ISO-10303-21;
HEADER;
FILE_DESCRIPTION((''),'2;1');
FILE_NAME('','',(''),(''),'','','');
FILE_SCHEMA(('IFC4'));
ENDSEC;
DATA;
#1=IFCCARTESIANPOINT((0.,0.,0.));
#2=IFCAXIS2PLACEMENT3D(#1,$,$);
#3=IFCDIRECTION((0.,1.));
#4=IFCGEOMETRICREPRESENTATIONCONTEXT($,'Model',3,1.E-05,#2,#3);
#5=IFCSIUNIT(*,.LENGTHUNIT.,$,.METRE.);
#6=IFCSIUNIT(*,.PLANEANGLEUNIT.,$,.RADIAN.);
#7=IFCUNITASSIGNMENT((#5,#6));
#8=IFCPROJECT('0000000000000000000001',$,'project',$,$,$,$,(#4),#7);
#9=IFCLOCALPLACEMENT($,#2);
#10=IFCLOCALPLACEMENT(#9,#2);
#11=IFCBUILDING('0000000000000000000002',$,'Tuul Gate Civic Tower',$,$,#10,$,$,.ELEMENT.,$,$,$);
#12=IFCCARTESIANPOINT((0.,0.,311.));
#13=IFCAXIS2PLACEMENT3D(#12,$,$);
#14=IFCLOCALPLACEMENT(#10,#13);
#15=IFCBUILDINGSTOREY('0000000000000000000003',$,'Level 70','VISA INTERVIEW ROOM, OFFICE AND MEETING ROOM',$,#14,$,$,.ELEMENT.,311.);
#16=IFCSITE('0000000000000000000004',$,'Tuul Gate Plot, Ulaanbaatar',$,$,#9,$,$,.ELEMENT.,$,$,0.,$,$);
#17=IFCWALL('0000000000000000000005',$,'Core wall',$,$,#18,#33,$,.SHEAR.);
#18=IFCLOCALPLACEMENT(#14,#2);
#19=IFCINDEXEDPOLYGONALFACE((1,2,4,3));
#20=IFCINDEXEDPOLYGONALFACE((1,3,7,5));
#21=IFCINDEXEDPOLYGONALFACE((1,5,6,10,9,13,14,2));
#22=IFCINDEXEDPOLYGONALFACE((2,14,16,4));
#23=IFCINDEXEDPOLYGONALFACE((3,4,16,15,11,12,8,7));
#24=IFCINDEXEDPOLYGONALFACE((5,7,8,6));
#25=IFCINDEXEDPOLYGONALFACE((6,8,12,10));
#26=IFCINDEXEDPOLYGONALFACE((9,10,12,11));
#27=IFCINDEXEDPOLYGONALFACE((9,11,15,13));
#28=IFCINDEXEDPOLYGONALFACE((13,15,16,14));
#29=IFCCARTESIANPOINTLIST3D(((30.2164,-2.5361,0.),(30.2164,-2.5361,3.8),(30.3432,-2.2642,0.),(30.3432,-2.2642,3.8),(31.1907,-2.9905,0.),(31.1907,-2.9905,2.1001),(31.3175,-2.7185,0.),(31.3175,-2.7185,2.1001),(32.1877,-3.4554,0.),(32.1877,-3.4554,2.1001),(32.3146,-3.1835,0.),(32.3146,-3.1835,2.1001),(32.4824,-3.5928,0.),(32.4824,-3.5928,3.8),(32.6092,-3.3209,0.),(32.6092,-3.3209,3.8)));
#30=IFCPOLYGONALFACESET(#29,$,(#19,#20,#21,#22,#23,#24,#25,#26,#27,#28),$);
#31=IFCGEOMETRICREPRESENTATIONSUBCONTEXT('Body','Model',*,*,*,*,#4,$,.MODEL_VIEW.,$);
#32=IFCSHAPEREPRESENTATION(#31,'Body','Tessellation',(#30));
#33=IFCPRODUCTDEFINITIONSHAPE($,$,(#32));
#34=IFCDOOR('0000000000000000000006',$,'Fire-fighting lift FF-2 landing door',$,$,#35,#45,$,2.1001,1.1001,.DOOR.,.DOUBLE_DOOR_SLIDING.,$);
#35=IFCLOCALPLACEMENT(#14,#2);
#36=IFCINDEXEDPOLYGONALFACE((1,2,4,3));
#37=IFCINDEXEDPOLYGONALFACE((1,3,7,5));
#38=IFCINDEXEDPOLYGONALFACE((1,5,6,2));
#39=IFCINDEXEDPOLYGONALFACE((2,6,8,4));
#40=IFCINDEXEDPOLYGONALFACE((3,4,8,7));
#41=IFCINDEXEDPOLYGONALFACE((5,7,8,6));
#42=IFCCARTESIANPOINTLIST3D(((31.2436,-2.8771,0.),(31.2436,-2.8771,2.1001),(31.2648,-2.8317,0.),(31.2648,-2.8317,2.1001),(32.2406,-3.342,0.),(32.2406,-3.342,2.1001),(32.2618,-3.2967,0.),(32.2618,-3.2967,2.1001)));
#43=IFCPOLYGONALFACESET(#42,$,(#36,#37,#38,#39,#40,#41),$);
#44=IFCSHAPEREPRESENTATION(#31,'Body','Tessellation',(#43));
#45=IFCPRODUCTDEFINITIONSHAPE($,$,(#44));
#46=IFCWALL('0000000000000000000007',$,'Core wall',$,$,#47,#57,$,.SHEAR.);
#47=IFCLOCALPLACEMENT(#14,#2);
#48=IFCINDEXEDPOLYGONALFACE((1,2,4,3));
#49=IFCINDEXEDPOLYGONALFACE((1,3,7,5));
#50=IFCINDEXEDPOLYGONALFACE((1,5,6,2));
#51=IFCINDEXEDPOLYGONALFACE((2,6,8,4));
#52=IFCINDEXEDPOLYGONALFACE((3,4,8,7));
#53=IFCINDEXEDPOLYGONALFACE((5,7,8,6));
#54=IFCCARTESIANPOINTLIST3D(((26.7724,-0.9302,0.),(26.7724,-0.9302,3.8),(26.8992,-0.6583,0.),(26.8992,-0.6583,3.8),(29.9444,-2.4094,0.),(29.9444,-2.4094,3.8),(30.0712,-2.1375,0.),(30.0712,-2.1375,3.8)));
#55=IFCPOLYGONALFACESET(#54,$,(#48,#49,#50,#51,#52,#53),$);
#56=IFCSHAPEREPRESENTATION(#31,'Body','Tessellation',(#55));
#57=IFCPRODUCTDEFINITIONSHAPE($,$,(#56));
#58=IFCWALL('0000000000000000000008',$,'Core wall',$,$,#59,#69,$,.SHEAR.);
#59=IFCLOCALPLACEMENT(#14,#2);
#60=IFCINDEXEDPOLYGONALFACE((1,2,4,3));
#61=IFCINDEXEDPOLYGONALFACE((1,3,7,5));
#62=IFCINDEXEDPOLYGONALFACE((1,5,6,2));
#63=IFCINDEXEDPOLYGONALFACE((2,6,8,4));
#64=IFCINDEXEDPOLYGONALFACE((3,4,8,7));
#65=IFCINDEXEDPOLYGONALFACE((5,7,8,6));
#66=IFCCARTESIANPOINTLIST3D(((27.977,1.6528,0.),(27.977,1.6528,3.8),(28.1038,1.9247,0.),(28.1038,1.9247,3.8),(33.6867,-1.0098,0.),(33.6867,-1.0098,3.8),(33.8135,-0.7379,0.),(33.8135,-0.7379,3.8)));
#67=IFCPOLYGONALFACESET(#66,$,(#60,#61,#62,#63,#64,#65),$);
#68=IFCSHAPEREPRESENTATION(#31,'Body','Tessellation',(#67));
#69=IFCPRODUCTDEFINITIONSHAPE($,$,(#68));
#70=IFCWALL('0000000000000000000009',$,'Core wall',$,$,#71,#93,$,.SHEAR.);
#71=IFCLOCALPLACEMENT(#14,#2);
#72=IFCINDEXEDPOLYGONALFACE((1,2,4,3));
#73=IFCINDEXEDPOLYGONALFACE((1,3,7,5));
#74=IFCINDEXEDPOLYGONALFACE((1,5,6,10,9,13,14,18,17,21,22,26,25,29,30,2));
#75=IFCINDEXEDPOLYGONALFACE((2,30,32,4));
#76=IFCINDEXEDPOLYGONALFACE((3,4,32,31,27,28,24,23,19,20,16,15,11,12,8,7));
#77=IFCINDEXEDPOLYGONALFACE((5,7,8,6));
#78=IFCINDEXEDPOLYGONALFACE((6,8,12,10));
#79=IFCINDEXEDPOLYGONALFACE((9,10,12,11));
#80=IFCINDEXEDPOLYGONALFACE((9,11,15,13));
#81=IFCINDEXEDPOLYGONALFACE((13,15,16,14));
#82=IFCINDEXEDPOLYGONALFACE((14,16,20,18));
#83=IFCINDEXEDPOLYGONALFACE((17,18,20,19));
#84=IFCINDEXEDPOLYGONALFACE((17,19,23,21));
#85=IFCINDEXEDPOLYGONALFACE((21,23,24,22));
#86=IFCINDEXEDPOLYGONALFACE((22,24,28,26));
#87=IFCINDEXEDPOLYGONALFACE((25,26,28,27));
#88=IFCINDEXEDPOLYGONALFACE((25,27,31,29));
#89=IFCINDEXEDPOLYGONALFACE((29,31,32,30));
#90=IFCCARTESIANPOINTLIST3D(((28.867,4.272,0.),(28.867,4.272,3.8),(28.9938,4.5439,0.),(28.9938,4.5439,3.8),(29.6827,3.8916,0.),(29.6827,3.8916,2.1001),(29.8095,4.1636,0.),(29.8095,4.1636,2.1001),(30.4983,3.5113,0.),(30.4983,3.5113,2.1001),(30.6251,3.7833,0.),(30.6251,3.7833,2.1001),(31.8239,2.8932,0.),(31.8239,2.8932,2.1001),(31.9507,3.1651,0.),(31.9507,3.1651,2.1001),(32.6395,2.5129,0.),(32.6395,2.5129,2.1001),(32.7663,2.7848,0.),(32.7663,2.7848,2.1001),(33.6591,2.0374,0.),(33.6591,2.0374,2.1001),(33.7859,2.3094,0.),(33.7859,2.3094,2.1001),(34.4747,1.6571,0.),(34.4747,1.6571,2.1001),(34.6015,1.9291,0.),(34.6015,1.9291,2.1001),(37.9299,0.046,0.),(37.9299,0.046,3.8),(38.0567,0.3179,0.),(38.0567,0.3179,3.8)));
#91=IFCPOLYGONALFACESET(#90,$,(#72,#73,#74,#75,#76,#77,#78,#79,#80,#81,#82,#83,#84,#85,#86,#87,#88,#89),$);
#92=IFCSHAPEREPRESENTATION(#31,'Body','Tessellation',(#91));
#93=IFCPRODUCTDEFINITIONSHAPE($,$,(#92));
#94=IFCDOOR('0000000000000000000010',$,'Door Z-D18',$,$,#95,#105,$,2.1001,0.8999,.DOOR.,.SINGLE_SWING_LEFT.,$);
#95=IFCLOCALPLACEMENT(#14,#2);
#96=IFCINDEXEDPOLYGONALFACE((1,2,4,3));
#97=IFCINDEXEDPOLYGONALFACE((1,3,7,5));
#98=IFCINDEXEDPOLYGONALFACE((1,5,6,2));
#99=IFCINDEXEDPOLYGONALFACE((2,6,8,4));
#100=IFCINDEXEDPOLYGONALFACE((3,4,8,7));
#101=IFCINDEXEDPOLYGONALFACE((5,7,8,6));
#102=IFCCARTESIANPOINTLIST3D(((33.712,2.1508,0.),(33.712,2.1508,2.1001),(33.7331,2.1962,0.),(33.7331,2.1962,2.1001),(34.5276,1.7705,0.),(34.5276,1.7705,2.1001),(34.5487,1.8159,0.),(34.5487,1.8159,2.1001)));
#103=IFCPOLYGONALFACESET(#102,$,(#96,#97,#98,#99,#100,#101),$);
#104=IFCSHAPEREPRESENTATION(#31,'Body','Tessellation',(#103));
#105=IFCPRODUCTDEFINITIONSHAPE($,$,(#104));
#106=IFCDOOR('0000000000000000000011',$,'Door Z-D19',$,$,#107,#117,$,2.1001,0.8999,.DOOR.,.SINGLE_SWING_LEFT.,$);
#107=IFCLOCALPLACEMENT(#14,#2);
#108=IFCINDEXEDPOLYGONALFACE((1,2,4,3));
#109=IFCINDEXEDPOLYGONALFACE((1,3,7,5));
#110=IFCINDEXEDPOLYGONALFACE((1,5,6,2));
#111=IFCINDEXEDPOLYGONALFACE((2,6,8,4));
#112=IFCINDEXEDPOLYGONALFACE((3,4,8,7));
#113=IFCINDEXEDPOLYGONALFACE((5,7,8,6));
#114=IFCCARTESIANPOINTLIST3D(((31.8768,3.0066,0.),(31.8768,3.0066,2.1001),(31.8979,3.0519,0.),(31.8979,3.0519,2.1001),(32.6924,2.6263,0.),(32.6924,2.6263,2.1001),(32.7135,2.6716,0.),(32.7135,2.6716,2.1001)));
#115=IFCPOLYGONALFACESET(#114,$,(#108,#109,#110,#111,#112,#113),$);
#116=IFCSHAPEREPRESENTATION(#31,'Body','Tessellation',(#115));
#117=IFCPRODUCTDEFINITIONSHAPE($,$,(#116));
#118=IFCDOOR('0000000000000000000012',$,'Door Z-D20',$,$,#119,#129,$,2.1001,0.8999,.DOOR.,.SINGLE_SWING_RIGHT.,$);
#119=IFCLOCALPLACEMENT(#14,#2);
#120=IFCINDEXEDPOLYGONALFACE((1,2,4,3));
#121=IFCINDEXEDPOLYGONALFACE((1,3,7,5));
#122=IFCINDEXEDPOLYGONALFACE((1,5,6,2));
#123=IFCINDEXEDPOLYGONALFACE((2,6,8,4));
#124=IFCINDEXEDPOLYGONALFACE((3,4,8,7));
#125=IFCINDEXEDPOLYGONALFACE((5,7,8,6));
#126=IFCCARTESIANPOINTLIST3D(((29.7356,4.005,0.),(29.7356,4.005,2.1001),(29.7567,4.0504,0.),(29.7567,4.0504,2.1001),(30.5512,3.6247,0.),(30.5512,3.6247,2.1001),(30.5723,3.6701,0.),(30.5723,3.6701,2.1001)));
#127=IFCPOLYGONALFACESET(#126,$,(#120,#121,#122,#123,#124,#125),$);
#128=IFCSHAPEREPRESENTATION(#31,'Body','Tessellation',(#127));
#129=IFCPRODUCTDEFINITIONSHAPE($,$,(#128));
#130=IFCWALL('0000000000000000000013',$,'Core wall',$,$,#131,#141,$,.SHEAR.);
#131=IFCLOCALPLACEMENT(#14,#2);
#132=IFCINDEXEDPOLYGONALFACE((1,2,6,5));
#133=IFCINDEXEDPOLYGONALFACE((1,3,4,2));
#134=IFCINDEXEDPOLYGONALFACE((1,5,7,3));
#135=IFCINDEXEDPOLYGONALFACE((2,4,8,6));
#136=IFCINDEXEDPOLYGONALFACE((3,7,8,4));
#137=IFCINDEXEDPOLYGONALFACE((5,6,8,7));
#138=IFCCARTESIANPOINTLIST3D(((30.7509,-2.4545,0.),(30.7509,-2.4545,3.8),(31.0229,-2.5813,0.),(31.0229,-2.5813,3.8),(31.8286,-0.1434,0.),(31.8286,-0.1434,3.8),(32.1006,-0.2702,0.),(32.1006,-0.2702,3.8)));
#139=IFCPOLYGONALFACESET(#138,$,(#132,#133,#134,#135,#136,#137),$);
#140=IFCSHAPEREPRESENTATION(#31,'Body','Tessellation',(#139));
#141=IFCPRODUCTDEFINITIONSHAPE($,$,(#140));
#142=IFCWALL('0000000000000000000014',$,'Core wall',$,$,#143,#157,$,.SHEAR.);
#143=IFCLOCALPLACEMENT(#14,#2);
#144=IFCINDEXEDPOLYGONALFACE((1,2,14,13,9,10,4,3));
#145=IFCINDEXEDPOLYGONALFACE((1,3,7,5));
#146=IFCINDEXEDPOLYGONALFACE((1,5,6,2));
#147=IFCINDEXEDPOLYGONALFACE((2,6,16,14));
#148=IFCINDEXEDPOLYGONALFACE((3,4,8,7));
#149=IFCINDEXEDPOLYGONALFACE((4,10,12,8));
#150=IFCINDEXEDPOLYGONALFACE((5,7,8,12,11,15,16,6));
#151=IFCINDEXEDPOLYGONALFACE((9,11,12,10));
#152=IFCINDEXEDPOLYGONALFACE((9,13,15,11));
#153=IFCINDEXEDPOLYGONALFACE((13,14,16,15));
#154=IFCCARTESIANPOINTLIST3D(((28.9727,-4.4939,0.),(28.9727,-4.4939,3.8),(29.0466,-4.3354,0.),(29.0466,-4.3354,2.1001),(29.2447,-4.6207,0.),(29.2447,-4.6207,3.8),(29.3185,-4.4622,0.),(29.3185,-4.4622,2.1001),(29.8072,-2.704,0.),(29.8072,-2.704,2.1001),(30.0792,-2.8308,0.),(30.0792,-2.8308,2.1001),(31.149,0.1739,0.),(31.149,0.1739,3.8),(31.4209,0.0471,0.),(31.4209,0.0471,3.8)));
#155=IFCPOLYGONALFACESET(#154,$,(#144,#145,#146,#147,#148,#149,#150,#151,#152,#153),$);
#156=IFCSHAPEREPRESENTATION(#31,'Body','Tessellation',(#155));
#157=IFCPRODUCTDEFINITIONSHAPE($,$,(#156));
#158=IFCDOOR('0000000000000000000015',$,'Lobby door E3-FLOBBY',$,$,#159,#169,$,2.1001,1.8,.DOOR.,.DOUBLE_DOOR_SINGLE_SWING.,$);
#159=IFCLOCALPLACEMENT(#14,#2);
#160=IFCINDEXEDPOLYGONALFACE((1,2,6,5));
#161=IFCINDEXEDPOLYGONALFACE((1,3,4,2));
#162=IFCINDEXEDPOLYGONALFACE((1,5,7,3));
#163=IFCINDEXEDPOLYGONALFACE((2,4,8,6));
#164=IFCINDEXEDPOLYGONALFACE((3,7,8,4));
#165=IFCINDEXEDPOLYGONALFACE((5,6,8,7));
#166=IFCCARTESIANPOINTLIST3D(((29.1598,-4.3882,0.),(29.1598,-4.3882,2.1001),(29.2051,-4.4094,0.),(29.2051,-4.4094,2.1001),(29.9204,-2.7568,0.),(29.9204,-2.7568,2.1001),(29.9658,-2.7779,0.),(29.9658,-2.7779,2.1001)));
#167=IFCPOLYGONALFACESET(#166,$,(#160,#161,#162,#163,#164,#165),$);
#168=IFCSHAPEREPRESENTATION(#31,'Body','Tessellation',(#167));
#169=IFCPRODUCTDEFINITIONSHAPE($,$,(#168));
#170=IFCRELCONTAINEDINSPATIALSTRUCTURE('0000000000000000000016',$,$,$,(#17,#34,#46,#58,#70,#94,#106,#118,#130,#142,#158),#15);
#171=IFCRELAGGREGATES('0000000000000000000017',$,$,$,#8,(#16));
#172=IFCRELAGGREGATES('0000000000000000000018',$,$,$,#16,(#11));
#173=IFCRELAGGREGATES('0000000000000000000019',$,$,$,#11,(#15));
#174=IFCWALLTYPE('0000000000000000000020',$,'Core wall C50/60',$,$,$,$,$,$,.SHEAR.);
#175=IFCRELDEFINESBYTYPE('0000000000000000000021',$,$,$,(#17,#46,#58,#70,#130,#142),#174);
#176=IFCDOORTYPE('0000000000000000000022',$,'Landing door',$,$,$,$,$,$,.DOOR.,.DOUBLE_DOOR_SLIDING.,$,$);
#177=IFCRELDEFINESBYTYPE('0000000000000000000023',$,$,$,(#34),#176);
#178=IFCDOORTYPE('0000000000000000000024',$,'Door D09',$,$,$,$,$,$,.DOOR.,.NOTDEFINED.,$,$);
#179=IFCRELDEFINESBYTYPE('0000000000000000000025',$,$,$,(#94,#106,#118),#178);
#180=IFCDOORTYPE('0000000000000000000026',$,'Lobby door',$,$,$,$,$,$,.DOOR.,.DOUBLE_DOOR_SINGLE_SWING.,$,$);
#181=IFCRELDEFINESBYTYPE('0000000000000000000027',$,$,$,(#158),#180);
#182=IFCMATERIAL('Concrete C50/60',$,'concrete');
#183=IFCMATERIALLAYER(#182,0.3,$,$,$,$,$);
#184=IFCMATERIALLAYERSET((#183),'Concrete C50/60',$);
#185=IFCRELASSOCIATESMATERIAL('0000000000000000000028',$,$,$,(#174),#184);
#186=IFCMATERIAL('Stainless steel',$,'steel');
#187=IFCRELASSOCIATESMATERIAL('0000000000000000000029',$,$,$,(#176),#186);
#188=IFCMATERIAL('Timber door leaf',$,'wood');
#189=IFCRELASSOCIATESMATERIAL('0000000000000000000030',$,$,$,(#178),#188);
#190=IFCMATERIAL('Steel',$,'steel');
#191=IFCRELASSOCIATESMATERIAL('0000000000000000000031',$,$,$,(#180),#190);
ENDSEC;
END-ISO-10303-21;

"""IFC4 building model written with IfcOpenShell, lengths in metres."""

from ifc_helpers import new_model, si_unit, direction, frame, frame_2d, origin, place, context, subcontext, project, spatial, rectangle, extrude, material, layer, layer_set, type_object, element, fill, save


model = new_model("IFC4")

# Units and contexts
model_context = context("Model", 3, precision=1e-05, world=origin(), true_north=direction((0.0, 1.0)))
body_context = subcontext(model_context, "Body", "Model", "MODEL_VIEW")
ifc_project = project(units=[si_unit("LENGTHUNIT", "METRE"), si_unit("PLANEANGLEUNIT", "RADIAN")], contexts=[model_context])

# Site, building, storey
site_placement = place(None, origin())
site = spatial("IfcSite", under=ifc_project, at=site_placement, Name="Tuul Gate Plot, Ulaanbaatar", CompositionType="ELEMENT", RefElevation=0.0)
building_placement = place(site_placement, origin())
building = spatial("IfcBuilding", under=site, at=building_placement, Name="Tuul Gate Civic Tower", CompositionType="ELEMENT")
storey_placement = place(building_placement, frame((0.0, 0.0, 311.0)))
storey = spatial("IfcBuildingStorey", under=building, at=storey_placement, Name="Level 70", Description="VISA INTERVIEW ROOM, OFFICE AND MEETING ROOM", CompositionType="ELEMENT", Elevation=311.0)

# Wall, opening, door
ifc_material_1 = material(Name="Concrete C50/60", Category="concrete")
ifc_layer_1 = layer(ifc_material_1, 0.3)
ifc_layer_set_1 = layer_set([ifc_layer_1], Name="Concrete C50/60")
wall_type_1 = type_object("IfcWallType", Name="Core wall C50/60", PredefinedType="SHEAR", material=ifc_layer_set_1)
wall_1_placement = place(storey_placement, frame((32.5457, -3.4568, 0.0), z_axis=(0.0, 0.0, 1.0), x_axis=(-0.9063, 0.422634, 0.0)))
wall_1 = element("IfcWall", 1, at=wall_1_placement, inside=storey, type_object=wall_type_1, Name="Core wall", PredefinedType="SHEAR", context=body_context, shape_type="SweptSolid", body=[
    extrude(rectangle(XDim=2.5002, YDim=0.3, at=frame_2d((1.25, 0.0))), origin(), (0.0, 0.0, 1.0), 3.8),
])
opening_1_placement = place(wall_1_placement, frame((0.325, 0.0, 0.0)))
opening_1 = element("IfcOpeningElement", 2, at=opening_1_placement, cuts=wall_1, PredefinedType="OPENING", context=body_context, shape_type="SweptSolid", body=[
    extrude(rectangle(XDim=1.1001, YDim=2.1001, at=frame_2d((0.55, 1.05))), frame((0.0, 0.1602, 0.0), z_axis=(0.0, -1.0, 0.0), x_axis=(1.0, 0.0, 0.0)), (0.0, 0.0, 1.0), 0.3201),
])
ifc_material_2 = material(Name="Stainless steel", Category="steel")
door_type_1 = type_object("IfcDoorType", Name="Landing door", OperationType="DOUBLE_DOOR_SLIDING", PredefinedType="DOOR", material=ifc_material_2)
door_1_placement = place(opening_1_placement, origin())
door_1 = element("IfcDoor", 3, at=door_1_placement, inside=storey, type_object=door_type_1, Name="Fire-fighting lift FF-2 landing door", OperationType="DOUBLE_DOOR_SLIDING", OverallHeight=2.1001, OverallWidth=1.1001, PredefinedType="DOOR", context=body_context, shape_type="SweptSolid", body=[
    extrude(rectangle(XDim=1.1001, YDim=2.1001, at=frame_2d((0.55, 1.05))), frame((0.0, 0.0249, 0.0), z_axis=(0.0, -1.0, 0.0), x_axis=(1.0, 0.0, 0.0)), (0.0, 0.0, 1.0), 0.05),
])
fill(opening_1, door_1)

# Walls
wall_2_placement = place(storey_placement, frame((30.0078, -2.2734, 0.0), z_axis=(0.0, 0.0, 1.0), x_axis=(-0.906301, 0.422633, 0.0)))
element("IfcWall", 4, at=wall_2_placement, inside=storey, type_object=wall_type_1, Name="Core wall", PredefinedType="SHEAR", context=body_context, shape_type="SweptSolid", body=[
    extrude(rectangle(XDim=3.5, YDim=0.3, at=frame_2d((1.75, 0.0))), origin(), (0.0, 0.0, 1.0), 3.8),
])
wall_3_placement = place(storey_placement, frame((33.75, -0.8738, 0.0), z_axis=(0.0, 0.0, 1.0), x_axis=(-0.906301, 0.422633, 0.0)))
element("IfcWall", 5, at=wall_3_placement, inside=storey, type_object=wall_type_1, Name="Core wall", PredefinedType="SHEAR", context=body_context, shape_type="SweptSolid", body=[
    extrude(rectangle(XDim=6.3, YDim=0.3, at=frame_2d((3.1499, 0.0))), origin(), (0.0, 0.0, 1.0), 3.8),
])

# Wall, openings, doors
wall_4_placement = place(storey_placement, frame((37.9934, 0.1819, 0.0), z_axis=(0.0, 0.0, 1.0), x_axis=(-0.90631, 0.422613, 0.0)))
wall_4 = element("IfcWall", 6, at=wall_4_placement, inside=storey, type_object=wall_type_1, Name="Core wall", PredefinedType="SHEAR", context=body_context, shape_type="SweptSolid", body=[
    extrude(rectangle(XDim=9.9998, YDim=0.3, at=frame_2d((5.0, 0.0))), origin(), (0.0, 0.0, 1.0), 3.8),
])
opening_2_placement = place(wall_4_placement, frame((3.8125, 0.0, 0.0)))
opening_2 = element("IfcOpeningElement", 7, at=opening_2_placement, cuts=wall_4, PredefinedType="OPENING", context=body_context, shape_type="SweptSolid", body=[
    extrude(rectangle(XDim=0.8999, YDim=2.1001, at=frame_2d((0.45, 1.05))), frame((0.0, 0.1602, 0.0), z_axis=(0.0, -1.0, 0.0), x_axis=(1.0, 0.0, 0.0)), (0.0, 0.0, 1.0), 0.3201),
])
opening_3_placement = place(wall_4_placement, frame((5.8374, 0.0, 0.0)))
opening_3 = element("IfcOpeningElement", 8, at=opening_3_placement, cuts=wall_4, PredefinedType="OPENING", context=body_context, shape_type="SweptSolid", body=[
    extrude(rectangle(XDim=0.8999, YDim=2.1001, at=frame_2d((0.45, 1.05))), frame((0.0, 0.1602, 0.0), z_axis=(0.0, -1.0, 0.0), x_axis=(1.0, 0.0, 0.0)), (0.0, 0.0, 1.0), 0.3201),
])
opening_4_placement = place(wall_4_placement, frame((8.2, 0.0, 0.0)))
opening_4 = element("IfcOpeningElement", 9, at=opening_4_placement, cuts=wall_4, PredefinedType="OPENING", context=body_context, shape_type="SweptSolid", body=[
    extrude(rectangle(XDim=0.8999, YDim=2.1001, at=frame_2d((0.45, 1.05))), frame((0.0, 0.1602, 0.0), z_axis=(0.0, -1.0, 0.0), x_axis=(1.0, 0.0, 0.0)), (0.0, 0.0, 1.0), 0.3201),
])
ifc_material_3 = material(Name="Timber door leaf", Category="wood")
door_type_2 = type_object("IfcDoorType", Name="Door D09", OperationType="NOTDEFINED", PredefinedType="DOOR", material=ifc_material_3)
door_2_placement = place(opening_2_placement, origin())
door_2 = element("IfcDoor", 10, at=door_2_placement, inside=storey, type_object=door_type_2, Name="Door Z-D18", OperationType="SINGLE_SWING_LEFT", OverallHeight=2.1001, OverallWidth=0.8999, PredefinedType="DOOR", context=body_context, shape_type="SweptSolid", body=[
    extrude(rectangle(XDim=0.8999, YDim=2.1001, at=frame_2d((0.45, 1.05))), frame((0.0, 0.0249, 0.0), z_axis=(0.0, -1.0, 0.0), x_axis=(1.0, 0.0, 0.0)), (0.0, 0.0, 1.0), 0.05),
])
fill(opening_2, door_2)
door_3_placement = place(opening_3_placement, origin())
door_3 = element("IfcDoor", 11, at=door_3_placement, inside=storey, type_object=door_type_2, Name="Door Z-D19", OperationType="SINGLE_SWING_LEFT", OverallHeight=2.1001, OverallWidth=0.8999, PredefinedType="DOOR", context=body_context, shape_type="SweptSolid", body=[
    extrude(rectangle(XDim=0.8999, YDim=2.1001, at=frame_2d((0.45, 1.05))), frame((0.0, 0.0249, 0.0), z_axis=(0.0, -1.0, 0.0), x_axis=(1.0, 0.0, 0.0)), (0.0, 0.0, 1.0), 0.05),
])
fill(opening_3, door_3)
door_4_placement = place(opening_4_placement, origin())
door_4 = element("IfcDoor", 12, at=door_4_placement, inside=storey, type_object=door_type_2, Name="Door Z-D20", OperationType="SINGLE_SWING_RIGHT", OverallHeight=2.1001, OverallWidth=0.8999, PredefinedType="DOOR", context=body_context, shape_type="SweptSolid", body=[
    extrude(rectangle(XDim=0.8999, YDim=2.1001, at=frame_2d((0.45, 1.05))), frame((0.0, 0.0249, 0.0), z_axis=(0.0, -1.0, 0.0), x_axis=(1.0, 0.0, 0.0)), (0.0, 0.0, 1.0), 0.05),
])
fill(opening_4, door_4)

# Wall
wall_5_placement = place(storey_placement, frame((30.887, -2.5178, 0.0), z_axis=(0.0, 0.0, 1.0), x_axis=(0.422613, 0.90631, 0.0)))
element("IfcWall", 13, at=wall_5_placement, inside=storey, type_object=wall_type_1, Name="Core wall", PredefinedType="SHEAR", context=body_context, shape_type="SweptSolid", body=[
    extrude(rectangle(XDim=2.55, YDim=0.3, at=frame_2d((1.2749, 0.0))), origin(), (0.0, 0.0, 1.0), 3.8),
])

# Wall, opening, door
wall_6_placement = place(storey_placement, frame((29.1086, -4.5574, 0.0), z_axis=(0.0, 0.0, 1.0), x_axis=(0.422566, 0.906332, 0.0)))
wall_6 = element("IfcWall", 14, at=wall_6_placement, inside=storey, type_object=wall_type_1, Name="Core wall", PredefinedType="SHEAR", context=body_context, shape_type="SweptSolid", body=[
    extrude(rectangle(XDim=5.1501, YDim=0.3, at=frame_2d((2.5752, 0.0))), origin(), (0.0, 0.0, 1.0), 3.8),
])
opening_5_placement = place(wall_6_placement, frame((0.175, 0.0, 0.0)))
opening_5 = element("IfcOpeningElement", 15, at=opening_5_placement, cuts=wall_6, PredefinedType="OPENING", context=body_context, shape_type="SweptSolid", body=[
    extrude(rectangle(XDim=1.8, YDim=2.1001, at=frame_2d((0.8999, 1.05))), frame((0.0, 0.1602, 0.0), z_axis=(0.0, -1.0, 0.0), x_axis=(1.0, 0.0, 0.0)), (0.0, 0.0, 1.0), 0.3201),
])
ifc_material_4 = material(Name="Steel", Category="steel")
door_type_3 = type_object("IfcDoorType", Name="Lobby door", OperationType="DOUBLE_DOOR_SINGLE_SWING", PredefinedType="DOOR", material=ifc_material_4)
door_5_placement = place(opening_5_placement, frame((1.8, 0.0, 0.0), z_axis=(0.0, 0.0, 1.0), x_axis=(-1.0, 0.0, 0.0)))
door_5 = element("IfcDoor", 16, at=door_5_placement, inside=storey, type_object=door_type_3, Name="Lobby door E3-FLOBBY", OperationType="DOUBLE_DOOR_SINGLE_SWING", OverallHeight=2.1001, OverallWidth=1.8, PredefinedType="DOOR", context=body_context, shape_type="SweptSolid", body=[
    extrude(rectangle(XDim=1.8, YDim=2.1001, at=frame_2d((0.9001, 1.05))), frame((0.0, 0.0249, 0.0), z_axis=(0.0, -1.0, 0.0), x_axis=(1.0, 0.0, 0.0)), (0.0, 0.0, 1.0), 0.05),
])
fill(opening_5, door_5)

save(model, "model.ifc")
